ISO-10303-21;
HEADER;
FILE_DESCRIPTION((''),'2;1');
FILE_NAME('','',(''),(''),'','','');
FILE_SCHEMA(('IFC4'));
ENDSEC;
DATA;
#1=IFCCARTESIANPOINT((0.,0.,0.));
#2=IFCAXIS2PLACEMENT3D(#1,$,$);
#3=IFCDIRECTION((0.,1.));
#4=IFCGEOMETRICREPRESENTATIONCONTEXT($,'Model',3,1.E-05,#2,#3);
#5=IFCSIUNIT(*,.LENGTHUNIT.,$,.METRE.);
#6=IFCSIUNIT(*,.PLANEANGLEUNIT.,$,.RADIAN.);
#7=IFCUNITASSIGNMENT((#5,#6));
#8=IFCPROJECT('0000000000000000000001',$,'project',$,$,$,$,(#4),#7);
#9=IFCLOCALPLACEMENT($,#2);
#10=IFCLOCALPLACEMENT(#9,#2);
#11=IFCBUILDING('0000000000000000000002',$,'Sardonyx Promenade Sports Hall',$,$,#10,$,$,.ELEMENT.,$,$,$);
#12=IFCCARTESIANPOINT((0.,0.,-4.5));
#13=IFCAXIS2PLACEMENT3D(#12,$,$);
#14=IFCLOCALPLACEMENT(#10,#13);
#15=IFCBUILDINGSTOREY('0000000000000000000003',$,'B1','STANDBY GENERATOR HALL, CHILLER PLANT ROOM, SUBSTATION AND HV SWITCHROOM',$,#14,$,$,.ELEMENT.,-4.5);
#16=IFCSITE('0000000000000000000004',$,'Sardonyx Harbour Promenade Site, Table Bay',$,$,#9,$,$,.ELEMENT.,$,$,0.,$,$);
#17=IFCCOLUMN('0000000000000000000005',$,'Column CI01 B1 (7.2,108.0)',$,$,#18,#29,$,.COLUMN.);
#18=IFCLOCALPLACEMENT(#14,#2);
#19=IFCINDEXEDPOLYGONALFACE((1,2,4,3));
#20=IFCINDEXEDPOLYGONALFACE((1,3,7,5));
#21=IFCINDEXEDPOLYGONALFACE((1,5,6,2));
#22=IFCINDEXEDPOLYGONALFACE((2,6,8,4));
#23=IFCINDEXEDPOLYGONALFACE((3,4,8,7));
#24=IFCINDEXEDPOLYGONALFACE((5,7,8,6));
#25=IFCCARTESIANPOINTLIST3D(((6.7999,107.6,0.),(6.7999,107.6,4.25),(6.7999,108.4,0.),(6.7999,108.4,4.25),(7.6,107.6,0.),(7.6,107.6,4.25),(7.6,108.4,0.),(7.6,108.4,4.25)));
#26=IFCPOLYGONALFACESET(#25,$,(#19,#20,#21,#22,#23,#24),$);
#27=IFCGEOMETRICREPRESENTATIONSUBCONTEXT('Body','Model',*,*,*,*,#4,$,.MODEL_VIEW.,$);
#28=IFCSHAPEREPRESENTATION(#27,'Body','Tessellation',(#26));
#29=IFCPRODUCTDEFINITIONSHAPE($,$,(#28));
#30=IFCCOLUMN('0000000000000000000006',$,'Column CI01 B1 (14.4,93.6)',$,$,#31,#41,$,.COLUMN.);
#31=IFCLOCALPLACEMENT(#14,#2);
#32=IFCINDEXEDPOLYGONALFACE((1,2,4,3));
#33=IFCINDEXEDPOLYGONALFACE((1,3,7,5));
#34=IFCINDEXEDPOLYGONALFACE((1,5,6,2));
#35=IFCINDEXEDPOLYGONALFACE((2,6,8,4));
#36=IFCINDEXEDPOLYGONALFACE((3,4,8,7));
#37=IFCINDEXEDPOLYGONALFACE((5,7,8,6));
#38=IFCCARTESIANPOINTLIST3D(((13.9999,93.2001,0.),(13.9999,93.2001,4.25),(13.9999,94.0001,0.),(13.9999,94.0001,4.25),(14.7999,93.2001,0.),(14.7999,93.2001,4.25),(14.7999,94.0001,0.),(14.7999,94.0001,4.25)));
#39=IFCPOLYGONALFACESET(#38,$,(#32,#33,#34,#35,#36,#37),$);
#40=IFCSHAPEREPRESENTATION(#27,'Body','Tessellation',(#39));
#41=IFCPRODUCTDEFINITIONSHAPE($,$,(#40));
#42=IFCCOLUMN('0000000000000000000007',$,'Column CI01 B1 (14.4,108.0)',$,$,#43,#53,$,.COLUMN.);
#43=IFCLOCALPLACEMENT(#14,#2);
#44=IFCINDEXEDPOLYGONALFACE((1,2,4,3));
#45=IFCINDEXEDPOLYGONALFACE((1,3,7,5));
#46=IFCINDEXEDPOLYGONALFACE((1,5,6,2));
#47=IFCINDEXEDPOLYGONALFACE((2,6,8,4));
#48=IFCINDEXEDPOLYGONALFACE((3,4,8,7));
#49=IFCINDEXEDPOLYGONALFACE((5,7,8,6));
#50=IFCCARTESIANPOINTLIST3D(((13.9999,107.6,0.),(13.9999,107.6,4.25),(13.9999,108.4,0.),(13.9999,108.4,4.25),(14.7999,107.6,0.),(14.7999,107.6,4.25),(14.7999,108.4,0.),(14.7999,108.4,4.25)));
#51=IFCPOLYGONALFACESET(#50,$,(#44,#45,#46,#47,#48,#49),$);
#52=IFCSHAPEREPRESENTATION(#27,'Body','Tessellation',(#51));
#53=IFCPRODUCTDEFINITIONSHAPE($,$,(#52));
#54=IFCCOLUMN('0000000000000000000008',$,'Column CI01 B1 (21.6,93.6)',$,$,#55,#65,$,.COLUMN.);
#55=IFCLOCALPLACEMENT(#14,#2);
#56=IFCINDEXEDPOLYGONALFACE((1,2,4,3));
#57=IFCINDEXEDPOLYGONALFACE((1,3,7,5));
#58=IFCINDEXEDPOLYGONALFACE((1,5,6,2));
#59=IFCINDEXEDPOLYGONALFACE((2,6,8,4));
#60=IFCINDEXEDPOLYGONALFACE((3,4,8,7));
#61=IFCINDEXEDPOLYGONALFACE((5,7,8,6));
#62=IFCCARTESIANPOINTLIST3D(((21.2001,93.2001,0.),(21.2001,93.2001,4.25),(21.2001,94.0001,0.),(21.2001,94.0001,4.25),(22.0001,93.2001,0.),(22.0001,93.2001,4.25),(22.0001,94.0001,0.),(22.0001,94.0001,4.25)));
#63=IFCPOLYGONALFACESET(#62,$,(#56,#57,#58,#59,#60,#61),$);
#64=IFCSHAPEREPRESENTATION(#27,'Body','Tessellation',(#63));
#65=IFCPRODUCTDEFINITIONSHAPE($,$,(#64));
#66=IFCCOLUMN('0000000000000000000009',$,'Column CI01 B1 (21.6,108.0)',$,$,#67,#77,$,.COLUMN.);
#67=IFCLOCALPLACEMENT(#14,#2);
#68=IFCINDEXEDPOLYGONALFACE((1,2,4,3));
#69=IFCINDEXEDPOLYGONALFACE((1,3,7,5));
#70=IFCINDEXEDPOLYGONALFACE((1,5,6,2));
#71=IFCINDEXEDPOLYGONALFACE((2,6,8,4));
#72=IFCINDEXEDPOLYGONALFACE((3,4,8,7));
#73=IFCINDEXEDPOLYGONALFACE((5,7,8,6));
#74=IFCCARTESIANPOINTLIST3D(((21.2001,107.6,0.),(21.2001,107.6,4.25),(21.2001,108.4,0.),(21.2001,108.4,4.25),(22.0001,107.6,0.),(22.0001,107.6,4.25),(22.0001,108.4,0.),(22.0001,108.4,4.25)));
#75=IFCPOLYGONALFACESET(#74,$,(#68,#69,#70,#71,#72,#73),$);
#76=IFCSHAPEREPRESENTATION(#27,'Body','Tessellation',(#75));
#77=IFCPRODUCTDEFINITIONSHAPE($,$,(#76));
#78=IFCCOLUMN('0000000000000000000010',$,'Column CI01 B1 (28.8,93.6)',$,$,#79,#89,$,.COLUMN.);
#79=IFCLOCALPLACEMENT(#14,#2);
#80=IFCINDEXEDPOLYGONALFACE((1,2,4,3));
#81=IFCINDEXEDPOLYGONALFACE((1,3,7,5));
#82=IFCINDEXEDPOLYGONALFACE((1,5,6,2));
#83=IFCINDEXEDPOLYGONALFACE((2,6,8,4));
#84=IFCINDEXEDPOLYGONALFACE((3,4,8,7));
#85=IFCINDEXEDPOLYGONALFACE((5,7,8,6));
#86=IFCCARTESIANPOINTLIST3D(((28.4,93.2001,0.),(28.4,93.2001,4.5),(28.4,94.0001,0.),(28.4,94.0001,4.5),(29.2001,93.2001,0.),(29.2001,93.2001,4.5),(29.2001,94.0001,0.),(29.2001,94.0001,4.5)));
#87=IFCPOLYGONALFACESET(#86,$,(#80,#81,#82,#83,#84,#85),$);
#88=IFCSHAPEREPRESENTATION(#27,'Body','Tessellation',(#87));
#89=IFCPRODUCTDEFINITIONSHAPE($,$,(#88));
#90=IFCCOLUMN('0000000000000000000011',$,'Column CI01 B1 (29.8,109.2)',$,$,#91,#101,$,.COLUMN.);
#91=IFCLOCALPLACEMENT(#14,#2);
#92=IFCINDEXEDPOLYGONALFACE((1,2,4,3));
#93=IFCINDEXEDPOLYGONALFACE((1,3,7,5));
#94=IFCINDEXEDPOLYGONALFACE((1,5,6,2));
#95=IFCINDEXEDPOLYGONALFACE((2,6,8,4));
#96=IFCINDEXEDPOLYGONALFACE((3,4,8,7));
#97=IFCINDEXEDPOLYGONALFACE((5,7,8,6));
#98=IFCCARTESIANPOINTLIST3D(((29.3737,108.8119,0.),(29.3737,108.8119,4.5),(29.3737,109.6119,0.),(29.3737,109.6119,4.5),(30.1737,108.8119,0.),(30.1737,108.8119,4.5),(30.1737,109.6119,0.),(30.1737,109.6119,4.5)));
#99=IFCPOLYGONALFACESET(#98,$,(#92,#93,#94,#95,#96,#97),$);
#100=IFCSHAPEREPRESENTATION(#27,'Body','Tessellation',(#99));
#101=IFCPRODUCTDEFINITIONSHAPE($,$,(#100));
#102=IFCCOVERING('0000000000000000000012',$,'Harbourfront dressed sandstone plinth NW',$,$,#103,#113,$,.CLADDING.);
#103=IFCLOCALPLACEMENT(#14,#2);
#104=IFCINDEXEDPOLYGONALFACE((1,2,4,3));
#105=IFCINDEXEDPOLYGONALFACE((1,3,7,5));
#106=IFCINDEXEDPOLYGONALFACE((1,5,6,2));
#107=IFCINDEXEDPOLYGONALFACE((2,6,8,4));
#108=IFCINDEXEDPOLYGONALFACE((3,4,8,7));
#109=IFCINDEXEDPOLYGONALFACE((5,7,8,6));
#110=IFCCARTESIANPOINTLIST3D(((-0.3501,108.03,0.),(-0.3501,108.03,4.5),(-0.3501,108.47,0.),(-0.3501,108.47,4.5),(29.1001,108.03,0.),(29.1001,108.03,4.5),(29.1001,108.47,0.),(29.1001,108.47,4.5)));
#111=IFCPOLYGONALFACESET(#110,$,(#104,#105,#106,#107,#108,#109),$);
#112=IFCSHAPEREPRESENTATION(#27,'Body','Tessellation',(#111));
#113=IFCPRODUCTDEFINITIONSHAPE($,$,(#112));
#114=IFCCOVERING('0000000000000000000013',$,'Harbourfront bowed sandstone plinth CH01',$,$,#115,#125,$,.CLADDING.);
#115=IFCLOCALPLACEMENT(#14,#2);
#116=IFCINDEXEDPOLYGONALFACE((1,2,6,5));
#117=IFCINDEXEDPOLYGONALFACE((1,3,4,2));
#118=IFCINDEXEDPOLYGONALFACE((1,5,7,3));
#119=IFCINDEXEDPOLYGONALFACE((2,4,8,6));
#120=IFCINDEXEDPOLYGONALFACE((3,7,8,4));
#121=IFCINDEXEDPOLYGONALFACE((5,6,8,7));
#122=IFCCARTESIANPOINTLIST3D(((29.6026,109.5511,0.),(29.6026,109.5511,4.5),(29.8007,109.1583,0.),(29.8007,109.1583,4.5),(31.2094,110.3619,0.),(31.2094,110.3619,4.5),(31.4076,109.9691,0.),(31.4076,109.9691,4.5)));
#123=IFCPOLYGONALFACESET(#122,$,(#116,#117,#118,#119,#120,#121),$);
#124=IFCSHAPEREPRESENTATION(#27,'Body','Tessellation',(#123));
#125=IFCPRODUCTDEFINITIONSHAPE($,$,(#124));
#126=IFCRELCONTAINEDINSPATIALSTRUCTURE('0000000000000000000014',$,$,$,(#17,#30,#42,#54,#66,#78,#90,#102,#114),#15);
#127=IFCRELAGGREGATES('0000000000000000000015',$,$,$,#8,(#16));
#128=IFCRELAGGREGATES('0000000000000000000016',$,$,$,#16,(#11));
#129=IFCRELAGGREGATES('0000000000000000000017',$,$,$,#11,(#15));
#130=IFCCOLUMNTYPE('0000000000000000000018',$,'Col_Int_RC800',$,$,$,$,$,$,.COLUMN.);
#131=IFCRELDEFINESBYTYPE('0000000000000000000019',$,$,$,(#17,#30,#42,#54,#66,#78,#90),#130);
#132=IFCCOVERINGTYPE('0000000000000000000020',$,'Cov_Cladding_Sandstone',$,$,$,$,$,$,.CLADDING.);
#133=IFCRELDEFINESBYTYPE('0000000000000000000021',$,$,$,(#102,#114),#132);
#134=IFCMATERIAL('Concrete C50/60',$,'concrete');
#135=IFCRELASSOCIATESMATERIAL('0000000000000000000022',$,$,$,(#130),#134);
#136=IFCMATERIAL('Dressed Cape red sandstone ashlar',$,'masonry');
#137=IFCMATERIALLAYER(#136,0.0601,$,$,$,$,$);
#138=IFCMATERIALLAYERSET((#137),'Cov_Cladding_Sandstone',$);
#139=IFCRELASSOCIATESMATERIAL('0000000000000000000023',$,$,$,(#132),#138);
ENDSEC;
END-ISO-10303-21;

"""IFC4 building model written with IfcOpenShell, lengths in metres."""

from ifc_helpers import new_model, si_unit, direction, frame, frame_2d, origin, origin_2d, place, context, subcontext, project, spatial, rectangle, extrude, material, layer, layer_set, material_profile, profile_set, type_object, element, save


model = new_model("IFC4")

# Units and contexts
model_context = context("Model", 3, precision=1e-05, world=origin(), true_north=direction((0.0, 1.0)))
body_context = subcontext(model_context, "Body", "Model", "MODEL_VIEW")
ifc_project = project(units=[si_unit("LENGTHUNIT", "METRE"), si_unit("PLANEANGLEUNIT", "RADIAN")], contexts=[model_context])

# Site, building, storey
site_placement = place(None, origin())
site = spatial("IfcSite", under=ifc_project, at=site_placement, Name="Sardonyx Harbour Promenade Site, Table Bay", CompositionType="ELEMENT", RefElevation=0.0)
building_placement = place(site_placement, origin())
building = spatial("IfcBuilding", under=site, at=building_placement, Name="Sardonyx Promenade Sports Hall", CompositionType="ELEMENT")
storey_placement = place(building_placement, frame((0.0, 0.0, -4.5)))
storey = spatial("IfcBuildingStorey", under=building, at=storey_placement, Name="B1", Description="STANDBY GENERATOR HALL, CHILLER PLANT ROOM, SUBSTATION AND HV SWITCHROOM", CompositionType="ELEMENT", Elevation=-4.5)

# Columns
ifc_material_1 = material(Name="Concrete C50/60", Category="concrete")
ifc_material_profile_1 = material_profile(ifc_material_1, rectangle(XDim=0.8, YDim=0.8, at=origin_2d()))
ifc_profile_set_1 = profile_set([ifc_material_profile_1], Name="Concrete C50/60")
column_type_1 = type_object("IfcColumnType", Name="Col_Int_RC800", PredefinedType="COLUMN", material=ifc_profile_set_1)
for number, where, z_axis, x_axis, name in (
    (1, (7.2, 108.0, 0.0), (0.0, 0.0, 1.0), (1.0, 0.0, 0.0), "Column CI01 B1 (7.2,108.0)"),
    (2, (14.3999, 93.6001, 0.0), (0.0, 0.0, 1.0), (1.0, 0.0, 0.0), "Column CI01 B1 (14.4,93.6)"),
    (3, (14.3999, 108.0, 0.0), (0.0, 0.0, 1.0), (1.0, 0.0, 0.0), "Column CI01 B1 (14.4,108.0)"),
    (4, (21.6001, 93.6001, 0.0), (0.0, 0.0, 1.0), (1.0, 0.0, 0.0), "Column CI01 B1 (21.6,93.6)"),
    (5, (21.6001, 108.0, 0.0), (0.0, 0.0, 1.0), (1.0, 0.0, 0.0), "Column CI01 B1 (21.6,108.0)"),
):
    element("IfcColumn", number, at=place(storey_placement, frame(where, z_axis=z_axis, x_axis=x_axis)), inside=storey, type_object=column_type_1, Name=name, PredefinedType="COLUMN", context=body_context, shape_type="SweptSolid", body=[
        extrude(rectangle(XDim=0.8, YDim=0.8, at=origin_2d()), origin(), (0.0, 0.0, 1.0), 4.25),
    ])
for number, where, z_axis, x_axis, name in (
    (6, (28.8, 93.6001, 0.0), (0.0, 0.0, 1.0), (1.0, 0.0, 0.0), "Column CI01 B1 (28.8,93.6)"),
    (7, (29.7737, 109.2119, 0.0), (0.0, 0.0, 1.0), (1.0, 0.0, 0.0), "Column CI01 B1 (29.8,109.2)"),
):
    element("IfcColumn", number, at=place(storey_placement, frame(where, z_axis=z_axis, x_axis=x_axis)), inside=storey, type_object=column_type_1, Name=name, PredefinedType="COLUMN", context=body_context, shape_type="SweptSolid", body=[
        extrude(rectangle(XDim=0.8, YDim=0.8, at=origin_2d()), origin(), (0.0, 0.0, 1.0), 4.5),
    ])

# Coverings
ifc_material_2 = material(Name="Dressed Cape red sandstone ashlar", Category="masonry")
ifc_layer = layer(ifc_material_2, 0.0601)
ifc_layer_set = layer_set([ifc_layer], Name="Cov_Cladding_Sandstone")
covering_type = type_object("IfcCoveringType", Name="Cov_Cladding_Sandstone", PredefinedType="CLADDING", material=ifc_layer_set)
covering_1_placement = place(storey_placement, frame((-0.3501, 108.25, 0.0), z_axis=(0.0, 0.0, 1.0), x_axis=(1.0, 0.0, 0.0)))
element("IfcCovering", 8, at=covering_1_placement, inside=storey, type_object=covering_type, Name="Harbourfront dressed sandstone plinth NW", PredefinedType="CLADDING", context=body_context, shape_type="SweptSolid", body=[
    extrude(rectangle(XDim=29.4502, YDim=0.4399, at=frame_2d((14.7251, 0.0))), origin(), (0.0, 0.0, 1.0), 4.5),
])
covering_2_placement = place(storey_placement, frame((29.7017, 109.3547, 0.0), z_axis=(0.0, 0.0, 1.0), x_axis=(0.892794, 0.450466, 0.0)))
element("IfcCovering", 9, at=covering_2_placement, inside=storey, type_object=covering_type, Name="Harbourfront bowed sandstone plinth CH01", PredefinedType="CLADDING", context=body_context, shape_type="SweptSolid", body=[
    extrude(rectangle(XDim=1.7998, YDim=0.4399, at=frame_2d((0.8999, 0.0))), origin(), (0.0, 0.0, 1.0), 4.5),
])

save(model, "model.ifc")
